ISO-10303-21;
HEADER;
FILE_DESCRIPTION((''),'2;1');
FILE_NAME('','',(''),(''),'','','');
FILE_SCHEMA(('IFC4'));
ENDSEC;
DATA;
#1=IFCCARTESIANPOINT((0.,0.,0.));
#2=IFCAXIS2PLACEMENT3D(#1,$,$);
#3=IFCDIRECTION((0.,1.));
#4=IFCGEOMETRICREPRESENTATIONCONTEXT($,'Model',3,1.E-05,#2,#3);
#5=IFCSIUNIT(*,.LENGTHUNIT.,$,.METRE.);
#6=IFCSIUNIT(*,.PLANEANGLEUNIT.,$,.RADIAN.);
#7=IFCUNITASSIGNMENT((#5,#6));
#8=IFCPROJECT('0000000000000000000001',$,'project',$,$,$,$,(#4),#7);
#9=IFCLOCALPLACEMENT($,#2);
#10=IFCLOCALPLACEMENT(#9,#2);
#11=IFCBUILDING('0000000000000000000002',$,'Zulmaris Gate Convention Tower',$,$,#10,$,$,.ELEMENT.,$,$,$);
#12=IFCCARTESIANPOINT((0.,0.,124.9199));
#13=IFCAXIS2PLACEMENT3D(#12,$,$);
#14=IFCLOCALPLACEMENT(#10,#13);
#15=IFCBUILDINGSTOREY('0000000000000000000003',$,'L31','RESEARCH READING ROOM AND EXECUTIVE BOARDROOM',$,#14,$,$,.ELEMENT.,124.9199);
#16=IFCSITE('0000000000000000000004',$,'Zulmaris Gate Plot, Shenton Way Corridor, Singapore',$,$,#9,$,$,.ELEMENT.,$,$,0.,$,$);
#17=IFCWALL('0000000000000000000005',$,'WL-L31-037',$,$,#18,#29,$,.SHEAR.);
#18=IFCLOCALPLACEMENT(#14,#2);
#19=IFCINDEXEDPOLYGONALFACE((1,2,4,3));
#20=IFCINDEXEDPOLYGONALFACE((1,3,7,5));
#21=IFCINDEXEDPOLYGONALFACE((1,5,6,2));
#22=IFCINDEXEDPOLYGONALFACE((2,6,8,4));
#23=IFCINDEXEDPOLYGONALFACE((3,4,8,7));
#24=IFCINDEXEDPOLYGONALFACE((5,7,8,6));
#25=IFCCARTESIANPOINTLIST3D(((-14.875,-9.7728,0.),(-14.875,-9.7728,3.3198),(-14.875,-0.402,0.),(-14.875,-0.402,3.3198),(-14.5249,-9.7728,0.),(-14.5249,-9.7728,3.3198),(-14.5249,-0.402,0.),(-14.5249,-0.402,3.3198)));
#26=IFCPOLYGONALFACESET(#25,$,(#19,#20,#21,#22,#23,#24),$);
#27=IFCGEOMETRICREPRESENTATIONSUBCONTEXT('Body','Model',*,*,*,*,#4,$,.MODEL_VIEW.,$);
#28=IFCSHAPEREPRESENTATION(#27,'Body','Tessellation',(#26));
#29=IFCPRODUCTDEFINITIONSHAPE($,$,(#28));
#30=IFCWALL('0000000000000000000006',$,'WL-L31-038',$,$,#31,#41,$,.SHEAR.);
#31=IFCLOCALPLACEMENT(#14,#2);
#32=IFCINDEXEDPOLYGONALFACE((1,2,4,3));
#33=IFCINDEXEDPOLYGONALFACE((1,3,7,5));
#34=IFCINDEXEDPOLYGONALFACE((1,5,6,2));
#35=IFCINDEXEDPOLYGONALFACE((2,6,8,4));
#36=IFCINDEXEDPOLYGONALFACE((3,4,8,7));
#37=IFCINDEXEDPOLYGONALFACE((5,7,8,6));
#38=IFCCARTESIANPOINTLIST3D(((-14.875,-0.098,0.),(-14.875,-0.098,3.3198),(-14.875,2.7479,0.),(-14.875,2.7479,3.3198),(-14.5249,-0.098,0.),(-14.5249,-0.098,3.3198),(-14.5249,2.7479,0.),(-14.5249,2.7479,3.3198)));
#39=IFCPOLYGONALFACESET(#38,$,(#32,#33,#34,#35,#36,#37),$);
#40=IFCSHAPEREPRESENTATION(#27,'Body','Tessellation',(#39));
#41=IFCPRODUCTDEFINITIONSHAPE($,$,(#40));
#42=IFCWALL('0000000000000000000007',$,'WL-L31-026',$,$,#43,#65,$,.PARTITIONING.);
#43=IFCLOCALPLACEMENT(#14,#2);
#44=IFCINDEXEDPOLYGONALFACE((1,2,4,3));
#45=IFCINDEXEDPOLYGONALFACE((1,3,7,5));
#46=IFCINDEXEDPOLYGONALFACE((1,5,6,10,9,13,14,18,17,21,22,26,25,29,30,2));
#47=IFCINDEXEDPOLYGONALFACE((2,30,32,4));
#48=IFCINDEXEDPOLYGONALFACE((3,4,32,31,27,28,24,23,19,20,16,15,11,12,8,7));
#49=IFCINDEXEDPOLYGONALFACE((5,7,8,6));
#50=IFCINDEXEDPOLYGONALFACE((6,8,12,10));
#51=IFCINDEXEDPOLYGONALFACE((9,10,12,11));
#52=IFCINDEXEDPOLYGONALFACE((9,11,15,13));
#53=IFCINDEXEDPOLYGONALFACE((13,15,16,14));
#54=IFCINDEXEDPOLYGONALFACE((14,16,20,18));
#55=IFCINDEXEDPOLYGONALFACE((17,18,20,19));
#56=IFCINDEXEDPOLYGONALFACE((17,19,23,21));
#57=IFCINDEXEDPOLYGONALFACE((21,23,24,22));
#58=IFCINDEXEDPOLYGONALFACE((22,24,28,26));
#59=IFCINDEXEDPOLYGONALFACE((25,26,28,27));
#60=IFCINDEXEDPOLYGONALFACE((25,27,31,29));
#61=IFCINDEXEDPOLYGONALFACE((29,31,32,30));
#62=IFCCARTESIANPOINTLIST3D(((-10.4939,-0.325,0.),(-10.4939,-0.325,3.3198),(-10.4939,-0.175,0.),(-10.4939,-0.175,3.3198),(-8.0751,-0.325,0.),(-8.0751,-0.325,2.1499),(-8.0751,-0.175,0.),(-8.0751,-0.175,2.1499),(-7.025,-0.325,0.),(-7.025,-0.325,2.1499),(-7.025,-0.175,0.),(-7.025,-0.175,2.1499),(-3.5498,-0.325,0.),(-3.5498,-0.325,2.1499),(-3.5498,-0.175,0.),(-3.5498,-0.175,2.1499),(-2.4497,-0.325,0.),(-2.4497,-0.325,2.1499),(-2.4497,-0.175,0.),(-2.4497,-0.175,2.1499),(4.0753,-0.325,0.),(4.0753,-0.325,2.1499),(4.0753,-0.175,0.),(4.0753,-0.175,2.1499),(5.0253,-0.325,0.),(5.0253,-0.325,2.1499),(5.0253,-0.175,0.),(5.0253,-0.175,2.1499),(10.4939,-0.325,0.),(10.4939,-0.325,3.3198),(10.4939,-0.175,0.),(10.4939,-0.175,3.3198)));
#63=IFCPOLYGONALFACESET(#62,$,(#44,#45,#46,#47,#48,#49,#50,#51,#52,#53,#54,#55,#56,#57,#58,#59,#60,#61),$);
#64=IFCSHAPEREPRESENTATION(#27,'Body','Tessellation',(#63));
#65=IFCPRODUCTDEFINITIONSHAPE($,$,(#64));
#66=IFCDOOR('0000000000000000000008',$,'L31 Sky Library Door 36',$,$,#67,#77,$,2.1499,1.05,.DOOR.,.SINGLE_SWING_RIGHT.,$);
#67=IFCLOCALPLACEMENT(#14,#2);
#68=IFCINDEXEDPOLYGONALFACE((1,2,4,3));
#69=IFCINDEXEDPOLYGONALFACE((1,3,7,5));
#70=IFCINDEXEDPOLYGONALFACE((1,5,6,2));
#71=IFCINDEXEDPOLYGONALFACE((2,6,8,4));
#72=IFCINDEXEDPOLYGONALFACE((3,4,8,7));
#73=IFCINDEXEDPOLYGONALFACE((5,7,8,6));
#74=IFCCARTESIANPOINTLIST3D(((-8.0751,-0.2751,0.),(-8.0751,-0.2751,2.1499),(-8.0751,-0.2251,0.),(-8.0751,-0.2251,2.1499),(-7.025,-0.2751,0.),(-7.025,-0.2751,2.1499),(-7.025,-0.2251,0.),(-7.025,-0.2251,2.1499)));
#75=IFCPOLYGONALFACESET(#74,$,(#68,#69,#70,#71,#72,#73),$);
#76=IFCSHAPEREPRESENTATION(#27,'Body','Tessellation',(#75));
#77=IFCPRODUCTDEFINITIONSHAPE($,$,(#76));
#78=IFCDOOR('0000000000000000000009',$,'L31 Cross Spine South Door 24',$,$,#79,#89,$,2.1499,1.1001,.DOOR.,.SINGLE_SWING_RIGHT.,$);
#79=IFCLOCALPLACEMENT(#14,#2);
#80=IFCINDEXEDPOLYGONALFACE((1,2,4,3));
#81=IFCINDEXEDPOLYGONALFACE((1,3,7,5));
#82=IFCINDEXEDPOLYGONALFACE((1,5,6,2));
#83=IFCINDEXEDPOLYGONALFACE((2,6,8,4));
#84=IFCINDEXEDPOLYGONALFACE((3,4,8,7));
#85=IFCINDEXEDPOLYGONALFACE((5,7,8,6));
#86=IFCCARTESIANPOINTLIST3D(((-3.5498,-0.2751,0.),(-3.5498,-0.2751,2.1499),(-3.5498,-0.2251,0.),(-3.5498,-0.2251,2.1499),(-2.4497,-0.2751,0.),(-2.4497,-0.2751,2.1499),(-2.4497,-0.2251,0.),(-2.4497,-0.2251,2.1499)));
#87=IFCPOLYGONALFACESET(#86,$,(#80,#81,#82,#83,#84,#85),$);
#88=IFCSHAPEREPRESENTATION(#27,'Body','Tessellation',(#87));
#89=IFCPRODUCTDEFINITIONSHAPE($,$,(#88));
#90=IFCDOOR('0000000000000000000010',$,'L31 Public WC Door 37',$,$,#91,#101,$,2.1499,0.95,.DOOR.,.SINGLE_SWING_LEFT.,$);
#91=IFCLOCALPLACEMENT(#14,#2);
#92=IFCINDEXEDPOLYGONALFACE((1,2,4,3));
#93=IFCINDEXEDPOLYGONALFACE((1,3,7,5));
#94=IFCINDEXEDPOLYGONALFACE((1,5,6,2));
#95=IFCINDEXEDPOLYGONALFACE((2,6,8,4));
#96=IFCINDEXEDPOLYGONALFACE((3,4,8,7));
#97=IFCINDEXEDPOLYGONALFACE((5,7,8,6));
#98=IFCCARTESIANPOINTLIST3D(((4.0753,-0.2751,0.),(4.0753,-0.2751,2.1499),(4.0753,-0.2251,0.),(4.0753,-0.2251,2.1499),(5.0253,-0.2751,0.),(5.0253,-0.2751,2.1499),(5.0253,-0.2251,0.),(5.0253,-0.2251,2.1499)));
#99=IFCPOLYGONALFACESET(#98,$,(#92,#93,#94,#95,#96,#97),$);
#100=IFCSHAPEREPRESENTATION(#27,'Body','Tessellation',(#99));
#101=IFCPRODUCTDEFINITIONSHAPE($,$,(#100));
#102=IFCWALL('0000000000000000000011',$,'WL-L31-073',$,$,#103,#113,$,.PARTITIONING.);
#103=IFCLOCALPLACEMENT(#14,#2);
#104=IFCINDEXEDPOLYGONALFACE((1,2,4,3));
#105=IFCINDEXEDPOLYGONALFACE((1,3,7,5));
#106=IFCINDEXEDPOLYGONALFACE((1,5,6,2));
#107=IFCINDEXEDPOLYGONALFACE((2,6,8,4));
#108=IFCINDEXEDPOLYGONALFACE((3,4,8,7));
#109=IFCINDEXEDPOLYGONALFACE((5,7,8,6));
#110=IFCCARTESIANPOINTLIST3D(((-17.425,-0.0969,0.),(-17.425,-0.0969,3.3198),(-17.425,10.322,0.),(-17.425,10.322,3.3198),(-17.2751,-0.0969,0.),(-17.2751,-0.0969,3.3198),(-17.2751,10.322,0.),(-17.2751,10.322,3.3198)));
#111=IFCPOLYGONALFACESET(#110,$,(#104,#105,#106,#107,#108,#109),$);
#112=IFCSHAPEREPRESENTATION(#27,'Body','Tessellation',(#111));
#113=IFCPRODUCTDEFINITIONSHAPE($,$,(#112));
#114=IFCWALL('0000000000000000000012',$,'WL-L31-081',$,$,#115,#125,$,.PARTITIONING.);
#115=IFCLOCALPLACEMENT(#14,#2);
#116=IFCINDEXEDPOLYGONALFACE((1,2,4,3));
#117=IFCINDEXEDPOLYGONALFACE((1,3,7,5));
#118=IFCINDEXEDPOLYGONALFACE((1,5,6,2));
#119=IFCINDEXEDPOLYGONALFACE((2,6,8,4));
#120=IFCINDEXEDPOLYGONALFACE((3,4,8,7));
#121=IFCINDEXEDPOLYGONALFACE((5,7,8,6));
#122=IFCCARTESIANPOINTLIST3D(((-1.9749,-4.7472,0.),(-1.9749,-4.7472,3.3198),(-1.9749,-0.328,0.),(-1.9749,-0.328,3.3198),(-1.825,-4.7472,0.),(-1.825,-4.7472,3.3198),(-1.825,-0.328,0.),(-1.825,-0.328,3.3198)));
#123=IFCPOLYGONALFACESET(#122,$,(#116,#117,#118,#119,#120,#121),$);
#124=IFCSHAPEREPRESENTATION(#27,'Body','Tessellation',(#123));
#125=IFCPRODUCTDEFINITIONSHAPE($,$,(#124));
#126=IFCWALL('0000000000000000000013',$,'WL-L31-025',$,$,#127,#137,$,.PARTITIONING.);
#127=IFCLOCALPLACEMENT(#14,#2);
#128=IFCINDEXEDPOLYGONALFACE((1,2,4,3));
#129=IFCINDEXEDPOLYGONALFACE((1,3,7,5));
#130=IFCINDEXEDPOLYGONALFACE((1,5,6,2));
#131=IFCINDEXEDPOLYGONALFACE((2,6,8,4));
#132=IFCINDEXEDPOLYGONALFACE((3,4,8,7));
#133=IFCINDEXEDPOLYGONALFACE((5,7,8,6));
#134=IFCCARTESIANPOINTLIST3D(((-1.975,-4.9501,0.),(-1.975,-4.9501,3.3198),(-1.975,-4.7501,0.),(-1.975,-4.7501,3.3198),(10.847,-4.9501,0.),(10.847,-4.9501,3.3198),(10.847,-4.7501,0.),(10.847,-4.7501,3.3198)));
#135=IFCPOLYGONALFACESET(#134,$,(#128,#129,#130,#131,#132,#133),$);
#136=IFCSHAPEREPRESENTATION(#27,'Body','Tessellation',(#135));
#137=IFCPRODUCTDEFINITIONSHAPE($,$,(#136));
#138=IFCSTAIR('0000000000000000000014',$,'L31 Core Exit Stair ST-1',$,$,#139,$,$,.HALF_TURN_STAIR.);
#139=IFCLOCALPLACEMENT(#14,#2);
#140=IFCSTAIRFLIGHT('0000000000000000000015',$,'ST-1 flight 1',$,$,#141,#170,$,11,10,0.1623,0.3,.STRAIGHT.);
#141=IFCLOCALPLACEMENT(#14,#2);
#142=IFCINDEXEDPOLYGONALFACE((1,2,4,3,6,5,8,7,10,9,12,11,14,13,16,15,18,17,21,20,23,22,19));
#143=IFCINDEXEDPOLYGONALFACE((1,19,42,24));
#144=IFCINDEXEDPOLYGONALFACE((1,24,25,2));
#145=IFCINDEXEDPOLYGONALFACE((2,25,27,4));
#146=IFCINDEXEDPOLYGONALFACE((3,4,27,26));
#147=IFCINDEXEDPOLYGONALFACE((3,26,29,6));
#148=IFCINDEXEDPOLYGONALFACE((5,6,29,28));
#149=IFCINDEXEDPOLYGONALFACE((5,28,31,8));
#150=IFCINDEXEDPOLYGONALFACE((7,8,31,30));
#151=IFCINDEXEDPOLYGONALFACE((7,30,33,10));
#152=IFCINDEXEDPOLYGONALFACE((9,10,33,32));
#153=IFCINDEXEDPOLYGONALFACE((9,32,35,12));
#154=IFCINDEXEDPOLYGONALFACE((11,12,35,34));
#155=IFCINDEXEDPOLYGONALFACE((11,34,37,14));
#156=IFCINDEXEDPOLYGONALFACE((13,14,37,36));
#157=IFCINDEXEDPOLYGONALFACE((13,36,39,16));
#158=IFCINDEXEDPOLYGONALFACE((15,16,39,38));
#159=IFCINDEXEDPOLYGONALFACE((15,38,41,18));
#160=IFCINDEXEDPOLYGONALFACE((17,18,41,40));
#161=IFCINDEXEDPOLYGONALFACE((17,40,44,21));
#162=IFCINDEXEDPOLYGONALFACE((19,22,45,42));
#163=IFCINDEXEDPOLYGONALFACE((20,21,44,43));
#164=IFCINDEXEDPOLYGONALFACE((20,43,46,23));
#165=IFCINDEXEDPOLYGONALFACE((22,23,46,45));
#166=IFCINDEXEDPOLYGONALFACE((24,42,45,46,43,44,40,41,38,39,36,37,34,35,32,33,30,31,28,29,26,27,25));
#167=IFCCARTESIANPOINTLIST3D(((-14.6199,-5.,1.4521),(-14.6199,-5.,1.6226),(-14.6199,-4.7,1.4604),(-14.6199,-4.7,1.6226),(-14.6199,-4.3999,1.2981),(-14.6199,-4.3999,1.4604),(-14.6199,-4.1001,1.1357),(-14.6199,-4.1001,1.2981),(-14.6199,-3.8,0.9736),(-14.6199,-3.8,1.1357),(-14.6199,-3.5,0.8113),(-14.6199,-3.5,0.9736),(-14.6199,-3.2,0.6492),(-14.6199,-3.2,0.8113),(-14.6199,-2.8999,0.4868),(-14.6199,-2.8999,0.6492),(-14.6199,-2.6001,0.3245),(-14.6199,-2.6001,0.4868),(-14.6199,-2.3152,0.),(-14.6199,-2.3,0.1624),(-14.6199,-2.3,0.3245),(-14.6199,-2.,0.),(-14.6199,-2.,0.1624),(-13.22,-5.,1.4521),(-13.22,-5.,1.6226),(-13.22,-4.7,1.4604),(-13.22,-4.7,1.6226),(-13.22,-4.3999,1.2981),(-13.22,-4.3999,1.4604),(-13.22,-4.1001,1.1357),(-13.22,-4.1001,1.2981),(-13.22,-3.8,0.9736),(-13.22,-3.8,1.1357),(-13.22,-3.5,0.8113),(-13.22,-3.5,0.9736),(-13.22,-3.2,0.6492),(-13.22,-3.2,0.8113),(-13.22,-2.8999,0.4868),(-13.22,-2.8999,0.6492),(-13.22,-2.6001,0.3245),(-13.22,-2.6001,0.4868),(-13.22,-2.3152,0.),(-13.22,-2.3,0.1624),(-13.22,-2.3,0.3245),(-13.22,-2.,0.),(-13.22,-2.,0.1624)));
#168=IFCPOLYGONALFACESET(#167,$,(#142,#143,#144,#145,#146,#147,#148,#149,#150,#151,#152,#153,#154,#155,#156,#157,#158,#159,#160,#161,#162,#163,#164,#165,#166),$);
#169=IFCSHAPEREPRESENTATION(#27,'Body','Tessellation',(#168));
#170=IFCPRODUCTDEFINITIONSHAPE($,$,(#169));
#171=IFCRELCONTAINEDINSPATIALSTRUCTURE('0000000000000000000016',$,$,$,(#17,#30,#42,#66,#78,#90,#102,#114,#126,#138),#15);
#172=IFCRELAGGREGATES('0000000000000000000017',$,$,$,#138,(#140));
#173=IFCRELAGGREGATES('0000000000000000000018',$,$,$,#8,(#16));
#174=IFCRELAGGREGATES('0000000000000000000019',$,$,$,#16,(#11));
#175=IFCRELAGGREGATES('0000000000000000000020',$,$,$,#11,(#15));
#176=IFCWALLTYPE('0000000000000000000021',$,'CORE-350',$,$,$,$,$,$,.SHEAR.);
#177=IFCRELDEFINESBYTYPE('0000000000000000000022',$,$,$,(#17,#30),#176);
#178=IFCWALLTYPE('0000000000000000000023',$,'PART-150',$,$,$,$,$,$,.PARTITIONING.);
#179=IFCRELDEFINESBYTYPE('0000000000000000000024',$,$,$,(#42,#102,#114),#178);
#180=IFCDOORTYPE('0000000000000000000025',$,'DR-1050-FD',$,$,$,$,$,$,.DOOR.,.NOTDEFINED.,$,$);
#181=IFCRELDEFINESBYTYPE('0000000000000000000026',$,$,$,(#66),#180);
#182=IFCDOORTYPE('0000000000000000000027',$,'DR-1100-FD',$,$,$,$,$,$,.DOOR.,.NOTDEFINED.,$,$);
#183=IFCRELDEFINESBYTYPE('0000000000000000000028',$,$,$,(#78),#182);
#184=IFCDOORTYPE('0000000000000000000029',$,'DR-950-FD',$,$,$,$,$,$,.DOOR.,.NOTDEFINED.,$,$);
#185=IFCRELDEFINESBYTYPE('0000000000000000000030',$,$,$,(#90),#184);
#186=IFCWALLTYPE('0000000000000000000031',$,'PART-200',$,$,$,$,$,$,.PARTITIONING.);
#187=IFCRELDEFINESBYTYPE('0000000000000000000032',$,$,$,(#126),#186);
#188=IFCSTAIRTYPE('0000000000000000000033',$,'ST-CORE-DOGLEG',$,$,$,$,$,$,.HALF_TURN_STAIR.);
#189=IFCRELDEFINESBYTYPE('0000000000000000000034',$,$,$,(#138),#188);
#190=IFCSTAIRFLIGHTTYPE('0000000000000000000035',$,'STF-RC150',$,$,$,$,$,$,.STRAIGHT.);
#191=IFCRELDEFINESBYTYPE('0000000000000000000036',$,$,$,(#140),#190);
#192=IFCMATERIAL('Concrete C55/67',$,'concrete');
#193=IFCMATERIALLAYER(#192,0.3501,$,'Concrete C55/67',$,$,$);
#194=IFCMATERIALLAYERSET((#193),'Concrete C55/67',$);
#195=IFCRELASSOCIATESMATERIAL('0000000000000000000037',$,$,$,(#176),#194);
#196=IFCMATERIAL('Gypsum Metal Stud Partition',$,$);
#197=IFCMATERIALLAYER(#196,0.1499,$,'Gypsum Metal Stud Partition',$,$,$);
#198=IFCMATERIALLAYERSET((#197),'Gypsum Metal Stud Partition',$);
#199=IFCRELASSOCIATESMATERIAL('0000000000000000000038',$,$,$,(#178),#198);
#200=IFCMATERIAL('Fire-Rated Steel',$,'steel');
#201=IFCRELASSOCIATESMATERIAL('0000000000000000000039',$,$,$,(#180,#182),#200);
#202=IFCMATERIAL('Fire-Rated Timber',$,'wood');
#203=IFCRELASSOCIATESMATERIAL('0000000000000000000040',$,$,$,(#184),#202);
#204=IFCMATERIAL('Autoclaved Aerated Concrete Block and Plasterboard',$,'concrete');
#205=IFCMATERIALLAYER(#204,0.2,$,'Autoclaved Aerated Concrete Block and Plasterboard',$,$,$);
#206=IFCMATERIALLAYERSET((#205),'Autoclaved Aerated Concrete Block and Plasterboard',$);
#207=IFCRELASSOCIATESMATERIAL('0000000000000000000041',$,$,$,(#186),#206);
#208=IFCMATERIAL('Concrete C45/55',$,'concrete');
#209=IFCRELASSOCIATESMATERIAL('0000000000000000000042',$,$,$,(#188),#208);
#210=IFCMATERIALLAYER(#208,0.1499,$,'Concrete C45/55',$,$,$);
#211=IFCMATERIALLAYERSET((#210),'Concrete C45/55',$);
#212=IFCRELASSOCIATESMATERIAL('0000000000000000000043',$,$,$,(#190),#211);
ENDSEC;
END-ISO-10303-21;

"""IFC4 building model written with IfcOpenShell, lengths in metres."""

from ifc_helpers import new_model, si_unit, direction, frame, frame_2d, origin, place, context, subcontext, project, spatial, polyline, rectangle, outline, extrude, material, layer, layer_set, type_object, element, fill, aggregate, save


model = new_model("IFC4")

# Units and contexts
model_context = context("Model", 3, precision=1e-05, world=origin(), true_north=direction((0.0, 1.0)))
body_context = subcontext(model_context, "Body", "Model", "MODEL_VIEW")
ifc_project = project(units=[si_unit("LENGTHUNIT", "METRE"), si_unit("PLANEANGLEUNIT", "RADIAN")], contexts=[model_context])

# Site, building, storey
site_placement = place(None, origin())
site = spatial("IfcSite", under=ifc_project, at=site_placement, Name="Zulmaris Gate Plot, Shenton Way Corridor, Singapore", CompositionType="ELEMENT", RefElevation=0.0)
building_placement = place(site_placement, origin())
building = spatial("IfcBuilding", under=site, at=building_placement, Name="Zulmaris Gate Convention Tower", CompositionType="ELEMENT")
storey_placement = place(building_placement, frame((0.0, 0.0, 124.9199)))
storey = spatial("IfcBuildingStorey", under=building, at=storey_placement, Name="L31", Description="RESEARCH READING ROOM AND EXECUTIVE BOARDROOM", CompositionType="ELEMENT", Elevation=124.9199)

# Walls
ifc_material_1 = material(Name="Concrete C55/67", Category="concrete")
ifc_layer_1 = layer(ifc_material_1, 0.3501, Name="Concrete C55/67")
ifc_layer_set_1 = layer_set([ifc_layer_1], Name="Concrete C55/67")
wall_type_1 = type_object("IfcWallType", Name="CORE-350", PredefinedType="SHEAR", material=ifc_layer_set_1)
wall_1_placement = place(storey_placement, frame((-14.7, -9.7729, 0.0), z_axis=(0.0, 0.0, 1.0), x_axis=(0.0, 1.0, 0.0)))
element("IfcWall", 1, at=wall_1_placement, inside=storey, type_object=wall_type_1, Name="WL-L31-037", PredefinedType="SHEAR", context=body_context, shape_type="SweptSolid", body=[
    extrude(rectangle(XDim=9.3708, YDim=0.3501, at=frame_2d((4.6855, 0.0))), origin(), (0.0, 0.0, 1.0), 3.3198),
])
wall_2_placement = place(storey_placement, frame((-14.7, -0.0979, 0.0), z_axis=(0.0, 0.0, 1.0), x_axis=(0.0, 1.0, 0.0)))
element("IfcWall", 2, at=wall_2_placement, inside=storey, type_object=wall_type_1, Name="WL-L31-038", PredefinedType="SHEAR", context=body_context, shape_type="SweptSolid", body=[
    extrude(rectangle(XDim=2.8459, YDim=0.3501, at=frame_2d((1.4229, 0.0))), origin(), (0.0, 0.0, 1.0), 3.3198),
])

# Wall, openings, doors
ifc_material_2 = material(Name="Gypsum Metal Stud Partition")
ifc_layer_2 = layer(ifc_material_2, 0.1499, Name="Gypsum Metal Stud Partition")
ifc_layer_set_2 = layer_set([ifc_layer_2], Name="Gypsum Metal Stud Partition")
wall_type_2 = type_object("IfcWallType", Name="PART-150", PredefinedType="PARTITIONING", material=ifc_layer_set_2)
wall_3_placement = place(storey_placement, frame((-10.4939, -0.25, 0.0), z_axis=(0.0, 0.0, 1.0), x_axis=(1.0, 0.0, 0.0)))
wall_3 = element("IfcWall", 3, at=wall_3_placement, inside=storey, type_object=wall_type_2, Name="WL-L31-026", PredefinedType="PARTITIONING", context=body_context, shape_type="SweptSolid", body=[
    extrude(rectangle(XDim=20.9878, YDim=0.1499, at=frame_2d((10.4939, 0.0))), origin(), (0.0, 0.0, 1.0), 3.3198),
])
opening_1_placement = place(wall_3_placement, frame((6.9441, 0.0, 0.0)))
opening_1 = element("IfcOpeningElement", 4, at=opening_1_placement, cuts=wall_3, PredefinedType="OPENING", context=body_context, shape_type="SweptSolid", body=[
    extrude(rectangle(XDim=1.1001, YDim=2.1499, at=frame_2d((0.55, 1.075))), frame((0.0, 0.085, 0.0), z_axis=(0.0, -1.0, 0.0), x_axis=(1.0, 0.0, 0.0)), (0.0, 0.0, 1.0), 0.1699),
])
opening_2_placement = place(wall_3_placement, frame((2.4189, 0.0, 0.0)))
opening_2 = element("IfcOpeningElement", 5, at=opening_2_placement, cuts=wall_3, PredefinedType="OPENING", context=body_context, shape_type="SweptSolid", body=[
    extrude(rectangle(XDim=1.05, YDim=2.1499, at=frame_2d((0.5249, 1.075))), frame((0.0, 0.085, 0.0), z_axis=(0.0, -1.0, 0.0), x_axis=(1.0, 0.0, 0.0)), (0.0, 0.0, 1.0), 0.1699),
])
opening_3_placement = place(wall_3_placement, frame((14.5691, 0.0, 0.0)))
opening_3 = element("IfcOpeningElement", 6, at=opening_3_placement, cuts=wall_3, PredefinedType="OPENING", context=body_context, shape_type="SweptSolid", body=[
    extrude(rectangle(XDim=0.95, YDim=2.1499, at=frame_2d((0.4751, 1.075))), frame((0.0, 0.085, 0.0), z_axis=(0.0, -1.0, 0.0), x_axis=(1.0, 0.0, 0.0)), (0.0, 0.0, 1.0), 0.1699),
])
ifc_material_3 = material(Name="Fire-Rated Steel", Category="steel")
door_type_1 = type_object("IfcDoorType", Name="DR-1050-FD", OperationType="NOTDEFINED", PredefinedType="DOOR", material=ifc_material_3)
door_1_placement = place(opening_2_placement, origin())
door_1 = element("IfcDoor", 7, at=door_1_placement, inside=storey, type_object=door_type_1, Name="L31 Sky Library Door 36", OperationType="SINGLE_SWING_RIGHT", OverallHeight=2.1499, OverallWidth=1.05, PredefinedType="DOOR", context=body_context, shape_type="SweptSolid", body=[
    extrude(rectangle(XDim=1.05, YDim=2.1499, at=frame_2d((0.5249, 1.075))), frame((0.0, 0.0249, 0.0), z_axis=(0.0, -1.0, 0.0), x_axis=(1.0, 0.0, 0.0)), (0.0, 0.0, 1.0), 0.05),
])
fill(opening_2, door_1)
door_type_2 = type_object("IfcDoorType", Name="DR-1100-FD", OperationType="NOTDEFINED", PredefinedType="DOOR", material=ifc_material_3)
door_2_placement = place(opening_1_placement, origin())
door_2 = element("IfcDoor", 8, at=door_2_placement, inside=storey, type_object=door_type_2, Name="L31 Cross Spine South Door 24", OperationType="SINGLE_SWING_RIGHT", OverallHeight=2.1499, OverallWidth=1.1001, PredefinedType="DOOR", context=body_context, shape_type="SweptSolid", body=[
    extrude(rectangle(XDim=1.1001, YDim=2.1499, at=frame_2d((0.55, 1.075))), frame((0.0, 0.0249, 0.0), z_axis=(0.0, -1.0, 0.0), x_axis=(1.0, 0.0, 0.0)), (0.0, 0.0, 1.0), 0.05),
])
fill(opening_1, door_2)
ifc_material_4 = material(Name="Fire-Rated Timber", Category="wood")
door_type_3 = type_object("IfcDoorType", Name="DR-950-FD", OperationType="NOTDEFINED", PredefinedType="DOOR", material=ifc_material_4)
door_3_placement = place(opening_3_placement, origin())
door_3 = element("IfcDoor", 9, at=door_3_placement, inside=storey, type_object=door_type_3, Name="L31 Public WC Door 37", OperationType="SINGLE_SWING_LEFT", OverallHeight=2.1499, OverallWidth=0.95, PredefinedType="DOOR", context=body_context, shape_type="SweptSolid", body=[
    extrude(rectangle(XDim=0.95, YDim=2.1499, at=frame_2d((0.4751, 1.075))), frame((0.0, 0.0249, 0.0), z_axis=(0.0, -1.0, 0.0), x_axis=(1.0, 0.0, 0.0)), (0.0, 0.0, 1.0), 0.05),
])
fill(opening_3, door_3)

# Walls
wall_4_placement = place(storey_placement, frame((-17.3501, -0.0969, 0.0), z_axis=(0.0, 0.0, 1.0), x_axis=(0.0, 1.0, 0.0)))
element("IfcWall", 10, at=wall_4_placement, inside=storey, type_object=wall_type_2, Name="WL-L31-073", PredefinedType="PARTITIONING", context=body_context, shape_type="SweptSolid", body=[
    extrude(rectangle(XDim=10.4189, YDim=0.1499, at=frame_2d((5.2095, 0.0))), origin(), (0.0, 0.0, 1.0), 3.3198),
])
wall_5_placement = place(storey_placement, frame((-1.8999, -4.7471, 0.0), z_axis=(0.0, 0.0, 1.0), x_axis=(0.0, 1.0, 0.0)))
element("IfcWall", 11, at=wall_5_placement, inside=storey, type_object=wall_type_2, Name="WL-L31-081", PredefinedType="PARTITIONING", context=body_context, shape_type="SweptSolid", body=[
    extrude(rectangle(XDim=4.4192, YDim=0.1499, at=frame_2d((2.2095, 0.0))), origin(), (0.0, 0.0, 1.0), 3.3198),
])
ifc_material_5 = material(Name="Autoclaved Aerated Concrete Block and Plasterboard", Category="concrete")
ifc_layer_3 = layer(ifc_material_5, 0.2, Name="Autoclaved Aerated Concrete Block and Plasterboard")
ifc_layer_set_3 = layer_set([ifc_layer_3], Name="Autoclaved Aerated Concrete Block and Plasterboard")
wall_type_3 = type_object("IfcWallType", Name="PART-200", PredefinedType="PARTITIONING", material=ifc_layer_set_3)
wall_6_placement = place(storey_placement, frame((-1.9751, -4.8501, 0.0), z_axis=(0.0, 0.0, 1.0), x_axis=(1.0, 0.0, 0.0)))
element("IfcWall", 12, at=wall_6_placement, inside=storey, type_object=wall_type_3, Name="WL-L31-025", PredefinedType="PARTITIONING", context=body_context, shape_type="SweptSolid", body=[
    extrude(rectangle(XDim=12.822, YDim=0.2, at=frame_2d((6.4111, 0.0))), origin(), (0.0, 0.0, 1.0), 3.3198),
])

# Stair, stair flight
ifc_material_6 = material(Name="Concrete C45/55", Category="concrete")
stair_type = type_object("IfcStairType", Name="ST-CORE-DOGLEG", PredefinedType="HALF_TURN_STAIR", material=ifc_material_6)
stair_1_placement = place(storey_placement, origin())
stair_1 = element("IfcStair", 13, at=stair_1_placement, inside=storey, type_object=stair_type, Name="L31 Core Exit Stair ST-1", PredefinedType="HALF_TURN_STAIR")
ifc_layer_4 = layer(ifc_material_6, 0.1499, Name="Concrete C45/55")
ifc_layer_set_4 = layer_set([ifc_layer_4], Name="Concrete C45/55")
stair_flight_type = type_object("IfcStairFlightType", Name="STF-RC150", PredefinedType="STRAIGHT", material=ifc_layer_set_4)
stair_flight_1_placement = place(storey_placement, frame((-13.9199, -2.0, 0.0), z_axis=(0.0, 0.0, 1.0), x_axis=(0.0, -1.0, 0.0)))
stair_flight_1 = element("IfcStairFlight", 14, at=stair_flight_1_placement, type_object=stair_flight_type, Name="ST-1 flight 1", NumberOfRisers=11, NumberOfTreads=10, PredefinedType="STRAIGHT", RiserHeight=0.1623, TreadLength=0.3, context=body_context, shape_type="SweptSolid", body=[
    extrude(outline(polyline([(0.0, 0.0), (0.0, 0.1624), (0.3, 0.1624), (0.3, 0.3245), (0.6001, 0.3245), (0.6001, 0.4868), (0.8999, 0.4868), (0.8999, 0.6492), (1.2, 0.6492), (1.2, 0.8113), (1.5, 0.8113), (1.5, 0.9736), (1.8, 0.9736), (1.8, 1.1357), (2.1001, 1.1357), (2.1001, 1.2981), (2.3999, 1.2981), (2.3999, 1.4604), (2.7, 1.4604), (2.7, 1.6226), (3.0, 1.6226), (3.0, 1.7849), (3.0, 1.4521), (0.3152, 0.0), (0.0, 0.0)])), frame((0.0, 0.7, 0.0), z_axis=(0.0, -1.0, 0.0), x_axis=(1.0, 0.0, 0.0)), (0.0, 0.0, 1.0), 1.3999),
])
aggregate(stair_1, [stair_flight_1])

save(model, "model.ifc")
